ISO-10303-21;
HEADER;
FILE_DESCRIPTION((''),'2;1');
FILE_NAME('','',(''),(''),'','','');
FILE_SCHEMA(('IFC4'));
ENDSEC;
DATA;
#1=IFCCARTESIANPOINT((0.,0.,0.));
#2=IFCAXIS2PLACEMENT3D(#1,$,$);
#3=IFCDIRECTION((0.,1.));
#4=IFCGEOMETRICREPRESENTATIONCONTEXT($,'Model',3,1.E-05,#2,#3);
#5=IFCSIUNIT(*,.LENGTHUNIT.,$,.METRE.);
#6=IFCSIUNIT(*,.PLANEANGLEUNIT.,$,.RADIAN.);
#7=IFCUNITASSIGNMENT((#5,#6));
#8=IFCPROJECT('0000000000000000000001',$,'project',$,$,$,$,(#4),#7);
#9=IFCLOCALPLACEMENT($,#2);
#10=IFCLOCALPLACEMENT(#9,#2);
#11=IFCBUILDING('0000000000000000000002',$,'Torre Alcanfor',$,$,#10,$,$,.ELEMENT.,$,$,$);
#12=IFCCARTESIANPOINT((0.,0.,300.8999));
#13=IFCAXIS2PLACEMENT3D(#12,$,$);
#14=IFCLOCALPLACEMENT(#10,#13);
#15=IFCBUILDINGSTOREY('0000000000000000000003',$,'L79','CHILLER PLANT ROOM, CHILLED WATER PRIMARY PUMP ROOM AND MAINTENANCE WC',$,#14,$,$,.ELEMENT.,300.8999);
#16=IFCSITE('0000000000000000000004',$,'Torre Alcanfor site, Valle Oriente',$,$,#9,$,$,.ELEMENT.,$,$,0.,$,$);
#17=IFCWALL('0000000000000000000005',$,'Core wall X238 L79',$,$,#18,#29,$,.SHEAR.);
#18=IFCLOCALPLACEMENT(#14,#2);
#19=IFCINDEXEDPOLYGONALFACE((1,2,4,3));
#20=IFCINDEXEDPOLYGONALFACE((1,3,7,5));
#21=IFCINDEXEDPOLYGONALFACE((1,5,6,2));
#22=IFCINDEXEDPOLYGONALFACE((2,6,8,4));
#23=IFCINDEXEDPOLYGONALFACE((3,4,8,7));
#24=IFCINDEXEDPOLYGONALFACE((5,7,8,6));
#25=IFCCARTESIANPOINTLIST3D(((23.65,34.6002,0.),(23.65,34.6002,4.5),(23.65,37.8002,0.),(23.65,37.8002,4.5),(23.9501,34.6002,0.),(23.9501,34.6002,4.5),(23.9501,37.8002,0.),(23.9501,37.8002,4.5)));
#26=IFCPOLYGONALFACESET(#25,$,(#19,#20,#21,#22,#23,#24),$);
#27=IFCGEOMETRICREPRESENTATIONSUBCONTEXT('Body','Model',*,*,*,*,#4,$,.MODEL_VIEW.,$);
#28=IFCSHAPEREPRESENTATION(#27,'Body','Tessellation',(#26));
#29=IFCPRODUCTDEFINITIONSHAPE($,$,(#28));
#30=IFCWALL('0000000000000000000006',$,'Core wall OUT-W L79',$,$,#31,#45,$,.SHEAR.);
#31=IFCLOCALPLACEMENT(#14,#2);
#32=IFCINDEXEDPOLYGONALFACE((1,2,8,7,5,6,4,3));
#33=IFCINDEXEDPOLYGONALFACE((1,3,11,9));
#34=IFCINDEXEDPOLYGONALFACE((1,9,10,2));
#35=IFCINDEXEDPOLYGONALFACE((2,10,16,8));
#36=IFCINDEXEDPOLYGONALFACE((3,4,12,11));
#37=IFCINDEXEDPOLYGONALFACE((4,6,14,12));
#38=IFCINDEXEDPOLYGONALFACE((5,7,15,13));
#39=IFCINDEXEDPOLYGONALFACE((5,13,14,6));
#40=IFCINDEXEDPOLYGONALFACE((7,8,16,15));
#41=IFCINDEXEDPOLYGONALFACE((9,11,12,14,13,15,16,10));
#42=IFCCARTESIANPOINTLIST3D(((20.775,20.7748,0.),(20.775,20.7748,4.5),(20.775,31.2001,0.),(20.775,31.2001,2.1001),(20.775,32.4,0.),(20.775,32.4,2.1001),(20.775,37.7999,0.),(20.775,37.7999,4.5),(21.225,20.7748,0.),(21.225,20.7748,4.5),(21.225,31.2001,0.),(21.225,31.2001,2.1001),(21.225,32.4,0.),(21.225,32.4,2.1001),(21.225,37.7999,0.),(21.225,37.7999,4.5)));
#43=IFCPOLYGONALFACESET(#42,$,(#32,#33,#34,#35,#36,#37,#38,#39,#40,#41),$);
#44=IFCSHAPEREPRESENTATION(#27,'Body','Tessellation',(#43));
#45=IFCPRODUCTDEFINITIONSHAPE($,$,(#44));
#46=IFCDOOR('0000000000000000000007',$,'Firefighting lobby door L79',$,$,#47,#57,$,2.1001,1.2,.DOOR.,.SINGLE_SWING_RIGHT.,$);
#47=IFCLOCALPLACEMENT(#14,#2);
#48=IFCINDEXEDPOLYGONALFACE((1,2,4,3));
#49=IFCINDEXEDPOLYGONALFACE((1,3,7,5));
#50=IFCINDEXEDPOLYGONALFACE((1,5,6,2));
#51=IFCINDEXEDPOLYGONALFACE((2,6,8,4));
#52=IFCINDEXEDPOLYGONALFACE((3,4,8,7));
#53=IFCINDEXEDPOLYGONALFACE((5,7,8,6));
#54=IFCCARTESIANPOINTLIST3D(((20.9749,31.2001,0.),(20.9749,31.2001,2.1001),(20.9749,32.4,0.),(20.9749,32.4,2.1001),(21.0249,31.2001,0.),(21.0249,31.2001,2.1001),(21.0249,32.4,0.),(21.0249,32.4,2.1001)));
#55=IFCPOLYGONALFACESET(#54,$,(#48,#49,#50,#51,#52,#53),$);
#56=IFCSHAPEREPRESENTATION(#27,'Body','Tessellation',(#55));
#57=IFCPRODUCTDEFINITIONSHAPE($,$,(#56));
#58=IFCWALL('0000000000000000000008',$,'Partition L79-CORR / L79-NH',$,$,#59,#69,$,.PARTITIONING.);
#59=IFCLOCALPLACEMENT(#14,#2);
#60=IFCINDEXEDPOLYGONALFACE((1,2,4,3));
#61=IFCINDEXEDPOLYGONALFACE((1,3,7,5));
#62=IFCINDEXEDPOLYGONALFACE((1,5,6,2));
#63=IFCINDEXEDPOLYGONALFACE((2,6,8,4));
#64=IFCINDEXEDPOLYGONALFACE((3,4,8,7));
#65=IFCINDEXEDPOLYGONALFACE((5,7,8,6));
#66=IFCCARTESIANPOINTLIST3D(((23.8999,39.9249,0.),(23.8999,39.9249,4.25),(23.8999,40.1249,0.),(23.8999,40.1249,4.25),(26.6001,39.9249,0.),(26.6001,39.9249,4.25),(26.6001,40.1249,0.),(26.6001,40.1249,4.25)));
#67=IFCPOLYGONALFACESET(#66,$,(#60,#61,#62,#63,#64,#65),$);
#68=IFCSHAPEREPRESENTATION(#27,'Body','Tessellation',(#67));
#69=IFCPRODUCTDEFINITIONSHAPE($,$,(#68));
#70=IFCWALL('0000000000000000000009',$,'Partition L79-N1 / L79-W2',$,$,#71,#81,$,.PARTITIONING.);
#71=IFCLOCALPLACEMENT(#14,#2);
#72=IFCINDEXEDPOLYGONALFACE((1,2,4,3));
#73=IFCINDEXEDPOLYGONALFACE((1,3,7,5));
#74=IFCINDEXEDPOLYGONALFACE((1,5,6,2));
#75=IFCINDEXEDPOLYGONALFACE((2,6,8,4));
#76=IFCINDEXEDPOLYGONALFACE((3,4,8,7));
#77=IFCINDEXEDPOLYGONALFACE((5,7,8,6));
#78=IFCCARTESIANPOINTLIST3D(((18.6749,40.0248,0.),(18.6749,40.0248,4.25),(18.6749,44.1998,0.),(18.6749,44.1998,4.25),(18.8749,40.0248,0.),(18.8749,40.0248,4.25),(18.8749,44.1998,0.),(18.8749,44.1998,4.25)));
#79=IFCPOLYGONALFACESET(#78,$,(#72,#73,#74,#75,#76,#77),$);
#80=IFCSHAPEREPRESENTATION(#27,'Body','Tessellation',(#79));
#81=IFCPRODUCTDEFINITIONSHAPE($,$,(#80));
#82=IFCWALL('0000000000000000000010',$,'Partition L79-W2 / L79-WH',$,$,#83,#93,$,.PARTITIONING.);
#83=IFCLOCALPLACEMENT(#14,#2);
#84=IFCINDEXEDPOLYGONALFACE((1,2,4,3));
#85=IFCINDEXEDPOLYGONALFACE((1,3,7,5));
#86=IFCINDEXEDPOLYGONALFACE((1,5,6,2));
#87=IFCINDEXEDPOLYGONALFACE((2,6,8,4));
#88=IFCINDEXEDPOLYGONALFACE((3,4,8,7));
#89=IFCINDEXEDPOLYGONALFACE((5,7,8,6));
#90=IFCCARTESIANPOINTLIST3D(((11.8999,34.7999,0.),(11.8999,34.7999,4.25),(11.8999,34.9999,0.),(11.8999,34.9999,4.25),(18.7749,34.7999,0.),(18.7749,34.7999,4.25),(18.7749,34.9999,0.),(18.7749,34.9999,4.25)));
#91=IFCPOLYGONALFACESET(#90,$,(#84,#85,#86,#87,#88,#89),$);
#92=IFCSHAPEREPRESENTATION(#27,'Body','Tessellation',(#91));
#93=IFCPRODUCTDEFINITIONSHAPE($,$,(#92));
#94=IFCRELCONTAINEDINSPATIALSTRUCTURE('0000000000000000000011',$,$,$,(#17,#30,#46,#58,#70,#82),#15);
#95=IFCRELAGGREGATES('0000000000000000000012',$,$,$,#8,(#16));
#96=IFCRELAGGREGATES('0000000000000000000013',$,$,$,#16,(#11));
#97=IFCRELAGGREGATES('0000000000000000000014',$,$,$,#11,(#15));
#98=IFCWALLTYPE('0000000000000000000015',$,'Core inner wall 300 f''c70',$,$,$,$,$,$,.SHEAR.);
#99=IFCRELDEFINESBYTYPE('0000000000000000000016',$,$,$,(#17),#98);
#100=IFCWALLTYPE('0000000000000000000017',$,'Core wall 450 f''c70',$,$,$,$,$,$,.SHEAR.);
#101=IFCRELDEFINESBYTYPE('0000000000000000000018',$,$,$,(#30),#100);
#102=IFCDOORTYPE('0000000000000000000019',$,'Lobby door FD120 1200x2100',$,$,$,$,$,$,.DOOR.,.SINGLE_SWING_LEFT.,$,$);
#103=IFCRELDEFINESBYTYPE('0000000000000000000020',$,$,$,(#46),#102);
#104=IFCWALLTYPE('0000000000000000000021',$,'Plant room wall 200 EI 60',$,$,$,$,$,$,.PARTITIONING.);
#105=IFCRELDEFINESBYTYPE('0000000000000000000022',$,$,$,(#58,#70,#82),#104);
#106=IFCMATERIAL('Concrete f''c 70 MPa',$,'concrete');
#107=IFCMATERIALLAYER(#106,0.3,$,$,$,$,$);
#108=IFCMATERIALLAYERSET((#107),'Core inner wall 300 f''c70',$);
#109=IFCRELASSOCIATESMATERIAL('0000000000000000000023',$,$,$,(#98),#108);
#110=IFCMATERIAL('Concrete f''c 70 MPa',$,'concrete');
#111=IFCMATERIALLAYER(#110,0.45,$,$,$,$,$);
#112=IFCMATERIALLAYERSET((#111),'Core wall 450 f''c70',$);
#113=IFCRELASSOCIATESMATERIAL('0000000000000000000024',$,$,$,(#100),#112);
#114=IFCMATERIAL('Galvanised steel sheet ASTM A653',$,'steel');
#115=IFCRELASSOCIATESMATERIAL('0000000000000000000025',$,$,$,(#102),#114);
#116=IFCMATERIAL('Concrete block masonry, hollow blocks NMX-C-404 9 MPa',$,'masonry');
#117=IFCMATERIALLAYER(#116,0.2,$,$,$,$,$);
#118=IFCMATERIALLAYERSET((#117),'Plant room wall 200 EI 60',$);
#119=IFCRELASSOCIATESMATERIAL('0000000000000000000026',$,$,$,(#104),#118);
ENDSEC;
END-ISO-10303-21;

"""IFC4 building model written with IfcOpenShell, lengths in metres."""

from ifc_helpers import new_model, si_unit, direction, frame, frame_2d, origin, place, context, subcontext, project, spatial, rectangle, extrude, material, layer, layer_set, type_object, element, fill, save


model = new_model("IFC4")

# Units and contexts
model_context = context("Model", 3, precision=1e-05, world=origin(), true_north=direction((0.0, 1.0)))
body_context = subcontext(model_context, "Body", "Model", "MODEL_VIEW")
ifc_project = project(units=[si_unit("LENGTHUNIT", "METRE"), si_unit("PLANEANGLEUNIT", "RADIAN")], contexts=[model_context])

# Site, building, storey
site_placement = place(None, origin())
site = spatial("IfcSite", under=ifc_project, at=site_placement, Name="Torre Alcanfor site, Valle Oriente", CompositionType="ELEMENT", RefElevation=0.0)
building_placement = place(site_placement, origin())
building = spatial("IfcBuilding", under=site, at=building_placement, Name="Torre Alcanfor", CompositionType="ELEMENT")
storey_placement = place(building_placement, frame((0.0, 0.0, 300.8999)))
storey = spatial("IfcBuildingStorey", under=building, at=storey_placement, Name="L79", Description="CHILLER PLANT ROOM, CHILLED WATER PRIMARY PUMP ROOM AND MAINTENANCE WC", CompositionType="ELEMENT", Elevation=300.8999)

# Shared definitions
ifc_material_1 = material(Name="Concrete f'c 70 MPa", Category="concrete")
ifc_layer_1 = layer(ifc_material_1, 0.3)
ifc_layer_set_1 = layer_set([ifc_layer_1], Name="Core inner wall 300 f'c70")
wall_type_1 = type_object("IfcWallType", Name="Core inner wall 300 f'c70", PredefinedType="SHEAR", material=ifc_layer_set_1)

# Wall
wall_1_placement = place(storey_placement, frame((23.8, 34.6001, 0.0), z_axis=(0.0, 0.0, 1.0), x_axis=(0.0, 1.0, 0.0)))
element("IfcWall", 1, at=wall_1_placement, inside=storey, type_object=wall_type_1, Name="Core wall X238 L79", PredefinedType="SHEAR", context=body_context, shape_type="SweptSolid", body=[
    extrude(rectangle(XDim=3.2, YDim=0.3, at=frame_2d((1.6001, 0.0))), origin(), (0.0, 0.0, 1.0), 4.5),
])

# Wall, opening, door
ifc_material_2 = material(Name="Concrete f'c 70 MPa", Category="concrete")
ifc_layer_2 = layer(ifc_material_2, 0.45)
ifc_layer_set_2 = layer_set([ifc_layer_2], Name="Core wall 450 f'c70")
wall_type_2 = type_object("IfcWallType", Name="Core wall 450 f'c70", PredefinedType="SHEAR", material=ifc_layer_set_2)
wall_2_placement = place(storey_placement, frame((21.0, 37.8, 0.0), z_axis=(0.0, 0.0, 1.0), x_axis=(0.0, -1.0, 0.0)))
wall_2 = element("IfcWall", 2, at=wall_2_placement, inside=storey, type_object=wall_type_2, Name="Core wall OUT-W L79", PredefinedType="SHEAR", context=body_context, shape_type="SweptSolid", body=[
    extrude(rectangle(XDim=17.0251, YDim=0.45, at=frame_2d((8.5127, 0.0))), origin(), (0.0, 0.0, 1.0), 4.5),
])
opening_1_placement = place(wall_2_placement, frame((5.3999, 0.0, 0.0)))
opening_1 = element("IfcOpeningElement", 3, at=opening_1_placement, cuts=wall_2, PredefinedType="OPENING", context=body_context, shape_type="SweptSolid", body=[
    extrude(rectangle(XDim=1.2, YDim=2.1001, at=frame_2d((0.6001, 1.05))), frame((0.0, 0.2349, 0.0), z_axis=(0.0, -1.0, 0.0), x_axis=(1.0, 0.0, 0.0)), (0.0, 0.0, 1.0), 0.47),
])
ifc_material_3 = material(Name="Galvanised steel sheet ASTM A653", Category="steel")
door_type_1 = type_object("IfcDoorType", Name="Lobby door FD120 1200x2100", OperationType="SINGLE_SWING_LEFT", PredefinedType="DOOR", material=ifc_material_3)
door_1_placement = place(opening_1_placement, origin())
door_1 = element("IfcDoor", 4, at=door_1_placement, inside=storey, type_object=door_type_1, Name="Firefighting lobby door L79", OperationType="SINGLE_SWING_RIGHT", OverallHeight=2.1001, OverallWidth=1.2, PredefinedType="DOOR", context=body_context, shape_type="SweptSolid", body=[
    extrude(rectangle(XDim=1.2, YDim=2.1001, at=frame_2d((0.6001, 1.05))), frame((0.0, 0.0249, 0.0), z_axis=(0.0, -1.0, 0.0), x_axis=(1.0, 0.0, 0.0)), (0.0, 0.0, 1.0), 0.05),
])
fill(opening_1, door_1)
ifc_material_4 = material(Name="Concrete block masonry, hollow blocks NMX-C-404 9 MPa", Category="masonry")
ifc_layer_3 = layer(ifc_material_4, 0.2)
ifc_layer_set_3 = layer_set([ifc_layer_3], Name="Plant room wall 200 EI 60")
wall_type_3 = type_object("IfcWallType", Name="Plant room wall 200 EI 60", PredefinedType="PARTITIONING", material=ifc_layer_set_3)

# Walls
wall_3_placement = place(storey_placement, frame((23.8999, 40.0249, 0.0), z_axis=(0.0, 0.0, 1.0), x_axis=(1.0, 0.0, 0.0)))
element("IfcWall", 5, at=wall_3_placement, inside=storey, type_object=wall_type_3, Name="Partition L79-CORR / L79-NH", PredefinedType="PARTITIONING", context=body_context, shape_type="SweptSolid", body=[
    extrude(rectangle(XDim=2.7002, YDim=0.2, at=frame_2d((1.3501, 0.0))), origin(), (0.0, 0.0, 1.0), 4.25),
])
wall_4_placement = place(storey_placement, frame((18.7749, 40.0249, 0.0), z_axis=(0.0, 0.0, 1.0), x_axis=(0.0, 1.0, 0.0)))
element("IfcWall", 6, at=wall_4_placement, inside=storey, type_object=wall_type_3, Name="Partition L79-N1 / L79-W2", PredefinedType="PARTITIONING", context=body_context, shape_type="SweptSolid", body=[
    extrude(rectangle(XDim=4.175, YDim=0.2, at=frame_2d((2.0874, 0.0))), origin(), (0.0, 0.0, 1.0), 4.25),
])

# Wall
wall_5_placement = place(storey_placement, frame((18.7749, 34.8999, 0.0), z_axis=(0.0, 0.0, 1.0), x_axis=(-1.0, 0.0, 0.0)))
element("IfcWall", 7, at=wall_5_placement, inside=storey, type_object=wall_type_3, Name="Partition L79-W2 / L79-WH", PredefinedType="PARTITIONING", context=body_context, shape_type="SweptSolid", body=[
    extrude(rectangle(XDim=6.875, YDim=0.2, at=frame_2d((3.4375, 0.0))), origin(), (0.0, 0.0, 1.0), 4.25),
])

save(model, "model.ifc")
